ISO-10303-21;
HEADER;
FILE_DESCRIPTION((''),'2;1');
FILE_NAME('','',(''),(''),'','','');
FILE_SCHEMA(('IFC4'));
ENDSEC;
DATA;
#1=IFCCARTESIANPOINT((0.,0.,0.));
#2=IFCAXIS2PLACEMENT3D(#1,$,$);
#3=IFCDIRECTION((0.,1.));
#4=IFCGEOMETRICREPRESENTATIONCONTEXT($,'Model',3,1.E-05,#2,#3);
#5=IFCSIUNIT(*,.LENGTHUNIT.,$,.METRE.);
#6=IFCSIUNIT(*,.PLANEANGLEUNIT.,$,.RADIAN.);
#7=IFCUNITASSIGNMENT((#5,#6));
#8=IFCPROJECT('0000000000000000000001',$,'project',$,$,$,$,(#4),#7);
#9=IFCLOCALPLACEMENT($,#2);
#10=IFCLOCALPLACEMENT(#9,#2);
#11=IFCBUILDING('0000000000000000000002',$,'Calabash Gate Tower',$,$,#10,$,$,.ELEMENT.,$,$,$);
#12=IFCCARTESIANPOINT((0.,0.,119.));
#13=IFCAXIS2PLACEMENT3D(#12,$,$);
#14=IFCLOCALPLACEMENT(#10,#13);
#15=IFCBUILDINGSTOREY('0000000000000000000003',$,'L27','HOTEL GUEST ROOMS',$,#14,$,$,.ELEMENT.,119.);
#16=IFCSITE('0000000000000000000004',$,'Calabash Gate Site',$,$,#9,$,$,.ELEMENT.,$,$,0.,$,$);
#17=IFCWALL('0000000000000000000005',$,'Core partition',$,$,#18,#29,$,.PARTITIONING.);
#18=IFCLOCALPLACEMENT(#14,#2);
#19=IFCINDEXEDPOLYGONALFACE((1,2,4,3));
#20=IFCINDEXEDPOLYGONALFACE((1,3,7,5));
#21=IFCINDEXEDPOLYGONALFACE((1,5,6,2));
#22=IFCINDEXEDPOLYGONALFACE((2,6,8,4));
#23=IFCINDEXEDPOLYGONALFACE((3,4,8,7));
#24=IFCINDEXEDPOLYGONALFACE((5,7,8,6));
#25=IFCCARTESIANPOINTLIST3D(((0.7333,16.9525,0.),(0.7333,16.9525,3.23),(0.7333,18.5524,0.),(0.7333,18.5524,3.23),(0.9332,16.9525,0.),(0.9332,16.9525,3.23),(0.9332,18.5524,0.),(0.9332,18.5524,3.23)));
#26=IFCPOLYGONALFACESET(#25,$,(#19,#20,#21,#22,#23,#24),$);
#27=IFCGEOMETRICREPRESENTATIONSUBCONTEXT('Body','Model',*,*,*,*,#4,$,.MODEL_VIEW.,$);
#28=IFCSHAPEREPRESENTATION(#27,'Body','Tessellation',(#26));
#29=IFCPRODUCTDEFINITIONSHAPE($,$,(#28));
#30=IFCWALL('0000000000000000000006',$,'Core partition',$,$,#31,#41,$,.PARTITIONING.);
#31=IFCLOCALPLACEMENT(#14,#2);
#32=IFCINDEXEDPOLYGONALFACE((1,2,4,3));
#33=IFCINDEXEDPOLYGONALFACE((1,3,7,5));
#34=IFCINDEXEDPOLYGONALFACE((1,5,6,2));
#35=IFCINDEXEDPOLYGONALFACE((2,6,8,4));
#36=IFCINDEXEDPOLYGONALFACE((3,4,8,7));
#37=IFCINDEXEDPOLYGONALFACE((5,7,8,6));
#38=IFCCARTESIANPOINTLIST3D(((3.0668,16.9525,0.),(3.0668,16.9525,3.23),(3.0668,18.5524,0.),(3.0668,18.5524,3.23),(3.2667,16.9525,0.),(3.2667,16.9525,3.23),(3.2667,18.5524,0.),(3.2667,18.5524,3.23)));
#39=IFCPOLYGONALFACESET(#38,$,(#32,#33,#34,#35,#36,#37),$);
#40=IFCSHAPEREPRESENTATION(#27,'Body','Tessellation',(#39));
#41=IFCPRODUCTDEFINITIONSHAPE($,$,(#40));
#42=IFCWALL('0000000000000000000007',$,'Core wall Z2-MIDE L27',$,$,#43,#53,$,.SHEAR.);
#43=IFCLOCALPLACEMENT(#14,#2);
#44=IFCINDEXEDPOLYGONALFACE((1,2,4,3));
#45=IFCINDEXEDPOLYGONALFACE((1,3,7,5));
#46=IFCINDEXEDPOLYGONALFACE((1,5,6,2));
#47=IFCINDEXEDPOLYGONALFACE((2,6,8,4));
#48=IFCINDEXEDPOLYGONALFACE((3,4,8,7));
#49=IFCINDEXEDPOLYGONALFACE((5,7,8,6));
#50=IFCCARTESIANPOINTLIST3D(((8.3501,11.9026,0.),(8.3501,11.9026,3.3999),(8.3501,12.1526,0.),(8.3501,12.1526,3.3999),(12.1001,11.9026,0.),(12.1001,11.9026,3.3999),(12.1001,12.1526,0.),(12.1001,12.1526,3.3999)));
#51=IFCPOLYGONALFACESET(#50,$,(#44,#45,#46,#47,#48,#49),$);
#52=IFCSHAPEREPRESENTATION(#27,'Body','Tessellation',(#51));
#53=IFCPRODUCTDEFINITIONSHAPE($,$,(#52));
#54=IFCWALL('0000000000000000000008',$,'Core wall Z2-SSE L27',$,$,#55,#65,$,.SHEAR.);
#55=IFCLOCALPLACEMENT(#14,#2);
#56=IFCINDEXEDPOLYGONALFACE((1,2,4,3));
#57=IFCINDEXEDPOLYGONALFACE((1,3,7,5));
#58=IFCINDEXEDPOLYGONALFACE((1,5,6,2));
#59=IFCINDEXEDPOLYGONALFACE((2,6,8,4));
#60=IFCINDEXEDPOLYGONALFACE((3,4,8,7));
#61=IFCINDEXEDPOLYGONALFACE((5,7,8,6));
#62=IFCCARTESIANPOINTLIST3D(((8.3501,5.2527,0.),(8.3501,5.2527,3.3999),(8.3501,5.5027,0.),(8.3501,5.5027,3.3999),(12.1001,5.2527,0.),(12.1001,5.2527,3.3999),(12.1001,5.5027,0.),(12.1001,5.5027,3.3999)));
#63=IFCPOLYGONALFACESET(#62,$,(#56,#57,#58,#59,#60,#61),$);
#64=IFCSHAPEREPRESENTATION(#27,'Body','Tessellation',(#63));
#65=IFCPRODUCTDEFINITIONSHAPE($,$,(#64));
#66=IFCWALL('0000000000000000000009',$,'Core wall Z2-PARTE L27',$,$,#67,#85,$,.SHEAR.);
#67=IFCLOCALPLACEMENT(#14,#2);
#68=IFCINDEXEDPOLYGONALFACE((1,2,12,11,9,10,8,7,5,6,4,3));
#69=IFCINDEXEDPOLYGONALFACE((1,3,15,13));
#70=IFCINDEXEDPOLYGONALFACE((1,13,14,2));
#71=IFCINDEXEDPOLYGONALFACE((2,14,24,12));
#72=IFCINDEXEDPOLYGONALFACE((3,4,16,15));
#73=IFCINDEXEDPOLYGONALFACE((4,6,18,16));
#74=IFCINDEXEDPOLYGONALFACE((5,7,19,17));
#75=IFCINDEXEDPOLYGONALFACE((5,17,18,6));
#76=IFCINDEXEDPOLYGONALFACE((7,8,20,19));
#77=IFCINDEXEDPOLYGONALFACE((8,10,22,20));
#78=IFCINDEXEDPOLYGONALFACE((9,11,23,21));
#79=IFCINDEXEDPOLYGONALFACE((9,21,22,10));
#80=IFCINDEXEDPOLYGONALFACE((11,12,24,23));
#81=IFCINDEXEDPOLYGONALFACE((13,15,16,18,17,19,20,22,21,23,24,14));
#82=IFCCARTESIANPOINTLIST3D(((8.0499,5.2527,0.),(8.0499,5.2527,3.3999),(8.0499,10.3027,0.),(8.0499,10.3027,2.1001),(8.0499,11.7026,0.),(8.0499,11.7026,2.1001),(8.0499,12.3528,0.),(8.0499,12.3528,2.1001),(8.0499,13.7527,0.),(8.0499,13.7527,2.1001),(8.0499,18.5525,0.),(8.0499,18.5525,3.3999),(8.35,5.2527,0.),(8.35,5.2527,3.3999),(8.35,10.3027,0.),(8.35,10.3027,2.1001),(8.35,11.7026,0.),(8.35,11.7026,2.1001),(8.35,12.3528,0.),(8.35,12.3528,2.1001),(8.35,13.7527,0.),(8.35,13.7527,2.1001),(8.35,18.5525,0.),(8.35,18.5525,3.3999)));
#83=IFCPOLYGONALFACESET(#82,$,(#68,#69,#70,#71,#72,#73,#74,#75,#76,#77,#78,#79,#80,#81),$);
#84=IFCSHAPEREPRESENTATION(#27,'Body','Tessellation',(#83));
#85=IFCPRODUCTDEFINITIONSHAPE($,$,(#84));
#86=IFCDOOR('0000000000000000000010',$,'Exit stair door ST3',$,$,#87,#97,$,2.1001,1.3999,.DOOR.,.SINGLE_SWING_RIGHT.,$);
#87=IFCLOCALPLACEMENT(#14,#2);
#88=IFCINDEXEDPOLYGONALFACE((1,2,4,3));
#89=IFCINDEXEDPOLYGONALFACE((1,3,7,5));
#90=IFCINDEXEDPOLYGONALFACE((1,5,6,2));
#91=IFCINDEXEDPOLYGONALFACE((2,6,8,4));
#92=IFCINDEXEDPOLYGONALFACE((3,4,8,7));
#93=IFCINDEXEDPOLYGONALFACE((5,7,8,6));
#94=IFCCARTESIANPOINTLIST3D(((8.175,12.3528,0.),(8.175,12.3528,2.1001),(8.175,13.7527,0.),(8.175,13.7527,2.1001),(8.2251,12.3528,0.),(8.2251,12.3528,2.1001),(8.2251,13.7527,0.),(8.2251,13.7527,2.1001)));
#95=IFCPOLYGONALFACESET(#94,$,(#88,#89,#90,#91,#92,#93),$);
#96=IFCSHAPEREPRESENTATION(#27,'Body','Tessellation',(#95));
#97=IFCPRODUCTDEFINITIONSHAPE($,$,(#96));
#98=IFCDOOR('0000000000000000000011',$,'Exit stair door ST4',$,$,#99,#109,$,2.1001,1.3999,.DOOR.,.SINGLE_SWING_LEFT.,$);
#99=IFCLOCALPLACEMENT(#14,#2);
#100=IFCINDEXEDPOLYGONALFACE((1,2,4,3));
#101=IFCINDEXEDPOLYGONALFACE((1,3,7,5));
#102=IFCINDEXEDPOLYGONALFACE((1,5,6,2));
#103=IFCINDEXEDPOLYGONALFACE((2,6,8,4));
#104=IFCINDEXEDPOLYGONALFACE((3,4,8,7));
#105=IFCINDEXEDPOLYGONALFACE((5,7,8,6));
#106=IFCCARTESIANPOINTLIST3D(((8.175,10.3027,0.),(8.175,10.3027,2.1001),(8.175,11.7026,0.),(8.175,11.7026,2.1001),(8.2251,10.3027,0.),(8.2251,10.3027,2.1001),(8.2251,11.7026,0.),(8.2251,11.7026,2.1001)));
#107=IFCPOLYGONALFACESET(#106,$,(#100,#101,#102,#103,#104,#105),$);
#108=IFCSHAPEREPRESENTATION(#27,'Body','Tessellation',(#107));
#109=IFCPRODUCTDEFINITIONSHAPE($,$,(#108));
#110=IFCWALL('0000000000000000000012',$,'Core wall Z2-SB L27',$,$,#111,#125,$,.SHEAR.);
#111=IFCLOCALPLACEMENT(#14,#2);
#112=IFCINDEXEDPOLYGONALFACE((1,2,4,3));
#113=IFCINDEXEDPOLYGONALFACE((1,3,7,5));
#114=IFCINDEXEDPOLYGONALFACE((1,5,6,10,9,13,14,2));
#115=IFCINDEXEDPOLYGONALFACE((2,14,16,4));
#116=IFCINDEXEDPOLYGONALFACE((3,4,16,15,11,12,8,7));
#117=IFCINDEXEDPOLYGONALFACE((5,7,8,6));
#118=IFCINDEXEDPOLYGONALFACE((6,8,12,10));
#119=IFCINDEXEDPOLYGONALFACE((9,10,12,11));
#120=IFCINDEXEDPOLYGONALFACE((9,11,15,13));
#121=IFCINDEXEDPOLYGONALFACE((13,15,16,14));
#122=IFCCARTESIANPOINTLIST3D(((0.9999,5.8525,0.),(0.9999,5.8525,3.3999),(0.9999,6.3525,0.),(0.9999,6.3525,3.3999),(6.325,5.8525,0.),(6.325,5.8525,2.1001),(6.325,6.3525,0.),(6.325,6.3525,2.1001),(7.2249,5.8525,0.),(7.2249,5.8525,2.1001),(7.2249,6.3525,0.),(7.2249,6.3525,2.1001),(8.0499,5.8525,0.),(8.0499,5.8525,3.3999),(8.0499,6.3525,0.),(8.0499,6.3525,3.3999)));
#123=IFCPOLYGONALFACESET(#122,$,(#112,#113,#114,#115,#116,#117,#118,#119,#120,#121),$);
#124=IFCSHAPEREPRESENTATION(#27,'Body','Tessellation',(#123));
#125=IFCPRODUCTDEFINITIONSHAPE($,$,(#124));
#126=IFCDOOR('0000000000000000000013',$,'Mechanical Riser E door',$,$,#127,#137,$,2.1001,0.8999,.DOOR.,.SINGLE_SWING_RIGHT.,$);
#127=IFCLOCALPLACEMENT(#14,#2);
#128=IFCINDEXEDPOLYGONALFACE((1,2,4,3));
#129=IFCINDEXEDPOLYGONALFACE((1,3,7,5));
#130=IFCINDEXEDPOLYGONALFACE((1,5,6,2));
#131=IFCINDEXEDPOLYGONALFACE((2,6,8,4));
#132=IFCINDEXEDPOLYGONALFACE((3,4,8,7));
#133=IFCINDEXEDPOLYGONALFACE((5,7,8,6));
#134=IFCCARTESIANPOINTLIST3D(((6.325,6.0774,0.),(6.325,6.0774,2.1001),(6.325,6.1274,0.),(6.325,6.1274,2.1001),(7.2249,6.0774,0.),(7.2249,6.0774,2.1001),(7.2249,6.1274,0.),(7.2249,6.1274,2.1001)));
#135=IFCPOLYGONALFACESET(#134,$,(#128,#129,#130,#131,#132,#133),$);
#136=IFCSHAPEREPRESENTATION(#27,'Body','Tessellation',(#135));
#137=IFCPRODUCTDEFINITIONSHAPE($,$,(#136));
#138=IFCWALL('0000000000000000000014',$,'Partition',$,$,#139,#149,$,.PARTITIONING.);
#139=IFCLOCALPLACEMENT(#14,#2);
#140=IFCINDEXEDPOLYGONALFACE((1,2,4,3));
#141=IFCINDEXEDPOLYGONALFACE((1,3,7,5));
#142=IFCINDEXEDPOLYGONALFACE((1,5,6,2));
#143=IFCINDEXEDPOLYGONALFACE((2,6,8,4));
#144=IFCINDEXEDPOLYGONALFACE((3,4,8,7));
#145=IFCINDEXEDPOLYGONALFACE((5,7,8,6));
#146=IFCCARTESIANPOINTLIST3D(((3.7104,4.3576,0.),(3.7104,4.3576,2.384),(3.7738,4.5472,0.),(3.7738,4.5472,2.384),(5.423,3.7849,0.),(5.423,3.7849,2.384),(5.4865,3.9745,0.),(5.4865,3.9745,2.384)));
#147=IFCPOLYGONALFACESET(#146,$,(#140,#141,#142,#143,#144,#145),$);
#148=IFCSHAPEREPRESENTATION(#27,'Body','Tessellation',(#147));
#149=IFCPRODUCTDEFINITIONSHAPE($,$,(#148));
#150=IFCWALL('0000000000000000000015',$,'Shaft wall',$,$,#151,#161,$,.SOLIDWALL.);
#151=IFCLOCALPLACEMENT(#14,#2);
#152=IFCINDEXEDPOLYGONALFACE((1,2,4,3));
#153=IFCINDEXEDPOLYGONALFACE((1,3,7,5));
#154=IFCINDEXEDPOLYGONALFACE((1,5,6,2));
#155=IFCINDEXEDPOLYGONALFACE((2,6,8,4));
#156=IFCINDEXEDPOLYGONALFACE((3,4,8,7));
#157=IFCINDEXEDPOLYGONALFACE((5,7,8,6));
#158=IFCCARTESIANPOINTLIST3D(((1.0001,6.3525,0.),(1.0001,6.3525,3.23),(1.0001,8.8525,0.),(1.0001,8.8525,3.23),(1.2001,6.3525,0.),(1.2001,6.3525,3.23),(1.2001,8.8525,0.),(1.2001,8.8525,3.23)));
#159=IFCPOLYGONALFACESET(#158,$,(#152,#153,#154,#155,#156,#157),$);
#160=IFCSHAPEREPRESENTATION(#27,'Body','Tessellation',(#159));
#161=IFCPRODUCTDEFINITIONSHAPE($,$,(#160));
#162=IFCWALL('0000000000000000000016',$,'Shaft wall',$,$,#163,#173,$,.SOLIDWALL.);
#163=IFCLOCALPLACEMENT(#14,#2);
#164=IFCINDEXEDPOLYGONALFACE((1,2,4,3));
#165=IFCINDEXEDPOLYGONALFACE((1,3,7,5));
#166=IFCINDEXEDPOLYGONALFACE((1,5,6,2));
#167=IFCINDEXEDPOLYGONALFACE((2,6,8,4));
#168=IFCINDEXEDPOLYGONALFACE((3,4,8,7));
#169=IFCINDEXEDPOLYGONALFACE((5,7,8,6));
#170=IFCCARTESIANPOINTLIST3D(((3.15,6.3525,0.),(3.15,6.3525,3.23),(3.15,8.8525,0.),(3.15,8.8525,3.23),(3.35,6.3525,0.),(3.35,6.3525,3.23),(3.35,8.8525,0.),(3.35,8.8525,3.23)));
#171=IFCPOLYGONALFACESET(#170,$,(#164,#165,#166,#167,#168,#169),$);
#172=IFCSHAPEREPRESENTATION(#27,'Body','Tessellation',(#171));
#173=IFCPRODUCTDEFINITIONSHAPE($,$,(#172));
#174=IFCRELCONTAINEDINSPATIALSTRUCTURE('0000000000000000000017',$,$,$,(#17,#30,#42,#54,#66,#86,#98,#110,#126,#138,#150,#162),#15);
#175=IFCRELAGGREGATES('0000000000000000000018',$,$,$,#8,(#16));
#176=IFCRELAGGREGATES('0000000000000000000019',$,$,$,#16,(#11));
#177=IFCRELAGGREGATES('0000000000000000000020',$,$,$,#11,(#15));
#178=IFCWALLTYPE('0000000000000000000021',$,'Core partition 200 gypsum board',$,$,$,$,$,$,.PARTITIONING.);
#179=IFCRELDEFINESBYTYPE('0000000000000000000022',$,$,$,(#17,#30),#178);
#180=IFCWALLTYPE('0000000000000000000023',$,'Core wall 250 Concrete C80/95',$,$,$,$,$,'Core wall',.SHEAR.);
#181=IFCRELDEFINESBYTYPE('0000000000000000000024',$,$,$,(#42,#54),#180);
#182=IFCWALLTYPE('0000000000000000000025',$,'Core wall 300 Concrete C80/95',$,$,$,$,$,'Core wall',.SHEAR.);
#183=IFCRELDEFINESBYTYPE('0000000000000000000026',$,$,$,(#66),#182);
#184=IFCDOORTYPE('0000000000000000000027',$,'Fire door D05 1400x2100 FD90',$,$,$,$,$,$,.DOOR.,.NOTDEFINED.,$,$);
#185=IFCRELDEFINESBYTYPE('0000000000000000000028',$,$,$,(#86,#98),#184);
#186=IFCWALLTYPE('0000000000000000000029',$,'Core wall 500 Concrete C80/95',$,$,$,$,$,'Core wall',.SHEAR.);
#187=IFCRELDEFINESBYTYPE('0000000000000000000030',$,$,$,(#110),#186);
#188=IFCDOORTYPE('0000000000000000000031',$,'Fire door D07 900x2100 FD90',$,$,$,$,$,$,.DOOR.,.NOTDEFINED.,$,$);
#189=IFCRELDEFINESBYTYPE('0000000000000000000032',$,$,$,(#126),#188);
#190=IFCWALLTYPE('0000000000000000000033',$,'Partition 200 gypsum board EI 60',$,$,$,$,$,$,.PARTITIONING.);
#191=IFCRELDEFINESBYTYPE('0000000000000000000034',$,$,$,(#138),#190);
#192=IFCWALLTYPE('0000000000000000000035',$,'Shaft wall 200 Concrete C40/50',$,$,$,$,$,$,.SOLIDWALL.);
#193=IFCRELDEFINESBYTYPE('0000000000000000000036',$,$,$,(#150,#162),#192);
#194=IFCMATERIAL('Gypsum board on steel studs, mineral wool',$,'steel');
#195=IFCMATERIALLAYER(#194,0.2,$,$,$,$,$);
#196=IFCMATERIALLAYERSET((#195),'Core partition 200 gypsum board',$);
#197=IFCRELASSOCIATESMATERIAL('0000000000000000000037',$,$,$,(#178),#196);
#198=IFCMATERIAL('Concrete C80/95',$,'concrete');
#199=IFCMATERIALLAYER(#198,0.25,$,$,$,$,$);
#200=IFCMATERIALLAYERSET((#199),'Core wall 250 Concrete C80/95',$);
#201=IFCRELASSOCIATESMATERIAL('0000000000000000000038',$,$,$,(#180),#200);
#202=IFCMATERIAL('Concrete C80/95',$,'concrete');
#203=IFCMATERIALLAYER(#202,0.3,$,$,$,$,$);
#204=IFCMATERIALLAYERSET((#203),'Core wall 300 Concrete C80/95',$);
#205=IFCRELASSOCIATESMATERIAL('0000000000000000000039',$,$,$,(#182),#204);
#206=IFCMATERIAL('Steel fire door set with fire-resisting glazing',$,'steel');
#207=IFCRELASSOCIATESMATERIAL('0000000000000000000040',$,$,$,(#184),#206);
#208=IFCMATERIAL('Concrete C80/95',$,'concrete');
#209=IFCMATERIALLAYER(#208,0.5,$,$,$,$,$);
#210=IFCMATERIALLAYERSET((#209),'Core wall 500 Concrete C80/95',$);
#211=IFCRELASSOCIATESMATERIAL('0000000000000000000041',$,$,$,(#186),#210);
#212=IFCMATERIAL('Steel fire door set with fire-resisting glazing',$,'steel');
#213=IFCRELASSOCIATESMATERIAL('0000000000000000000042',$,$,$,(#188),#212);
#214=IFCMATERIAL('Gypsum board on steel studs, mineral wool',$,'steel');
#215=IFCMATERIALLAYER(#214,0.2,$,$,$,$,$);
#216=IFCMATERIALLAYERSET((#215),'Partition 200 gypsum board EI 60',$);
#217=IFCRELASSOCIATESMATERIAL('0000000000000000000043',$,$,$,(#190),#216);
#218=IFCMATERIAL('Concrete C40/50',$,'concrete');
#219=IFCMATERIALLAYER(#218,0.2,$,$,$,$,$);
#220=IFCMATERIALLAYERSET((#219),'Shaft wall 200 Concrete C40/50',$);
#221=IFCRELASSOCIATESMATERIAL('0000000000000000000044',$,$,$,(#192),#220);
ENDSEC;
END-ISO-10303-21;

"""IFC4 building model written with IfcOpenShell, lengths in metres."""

from ifc_helpers import new_model, si_unit, direction, frame, frame_2d, origin, place, context, subcontext, project, spatial, rectangle, extrude, material, layer, layer_set, type_object, element, fill, save


model = new_model("IFC4")

# Units and contexts
model_context = context("Model", 3, precision=1e-05, world=origin(), true_north=direction((0.0, 1.0)))
body_context = subcontext(model_context, "Body", "Model", "MODEL_VIEW")
ifc_project = project(units=[si_unit("LENGTHUNIT", "METRE"), si_unit("PLANEANGLEUNIT", "RADIAN")], contexts=[model_context])

# Site, building, storey
site_placement = place(None, origin())
site = spatial("IfcSite", under=ifc_project, at=site_placement, Name="Calabash Gate Site", CompositionType="ELEMENT", RefElevation=0.0)
building_placement = place(site_placement, origin())
building = spatial("IfcBuilding", under=site, at=building_placement, Name="Calabash Gate Tower", CompositionType="ELEMENT")
storey_placement = place(building_placement, frame((0.0, 0.0, 119.0)))
storey = spatial("IfcBuildingStorey", under=building, at=storey_placement, Name="L27", Description="HOTEL GUEST ROOMS", CompositionType="ELEMENT", Elevation=119.0)

# Walls
ifc_material_1 = material(Name="Gypsum board on steel studs, mineral wool", Category="steel")
ifc_layer_1 = layer(ifc_material_1, 0.2)
ifc_layer_set_1 = layer_set([ifc_layer_1], Name="Core partition 200 gypsum board")
wall_type_1 = type_object("IfcWallType", Name="Core partition 200 gypsum board", PredefinedType="PARTITIONING", material=ifc_layer_set_1)
for number, where, z_axis, x_axis, name in (
    (1, (0.8333, 16.9526, 0.0), (0.0, 0.0, 1.0), (0.0, 1.0, 0.0), "Core partition"),
    (2, (3.1667, 16.9526, 0.0), (0.0, 0.0, 1.0), (0.0, 1.0, 0.0), "Core partition"),
):
    element("IfcWall", number, at=place(storey_placement, frame(where, z_axis=z_axis, x_axis=x_axis)), inside=storey, type_object=wall_type_1, Name=name, PredefinedType="PARTITIONING", context=body_context, shape_type="SweptSolid", body=[
        extrude(rectangle(XDim=1.5999, YDim=0.2, at=frame_2d((0.7998, 0.0))), origin(), (0.0, 0.0, 1.0), 3.23),
    ])
ifc_material_2 = material(Name="Concrete C80/95", Category="concrete")
ifc_layer_2 = layer(ifc_material_2, 0.25)
ifc_layer_set_2 = layer_set([ifc_layer_2], Name="Core wall 250 Concrete C80/95")
wall_type_2 = type_object("IfcWallType", Name="Core wall 250 Concrete C80/95", ElementType="Core wall", PredefinedType="SHEAR", material=ifc_layer_set_2)
for number, where, z_axis, x_axis, name in (
    (3, (8.3501, 12.0276, 0.0), (0.0, 0.0, 1.0), (1.0, 0.0, 0.0), "Core wall Z2-MIDE L27"),
    (4, (8.3501, 5.3777, 0.0), (0.0, 0.0, 1.0), (1.0, 0.0, 0.0), "Core wall Z2-SSE L27"),
):
    element("IfcWall", number, at=place(storey_placement, frame(where, z_axis=z_axis, x_axis=x_axis)), inside=storey, type_object=wall_type_2, Name=name, PredefinedType="SHEAR", context=body_context, shape_type="SweptSolid", body=[
        extrude(rectangle(XDim=3.75, YDim=0.25, at=frame_2d((1.875, 0.0))), origin(), (0.0, 0.0, 1.0), 3.3999),
    ])

# Wall, openings, doors
ifc_material_3 = material(Name="Concrete C80/95", Category="concrete")
ifc_layer_3 = layer(ifc_material_3, 0.3)
ifc_layer_set_3 = layer_set([ifc_layer_3], Name="Core wall 300 Concrete C80/95")
wall_type_3 = type_object("IfcWallType", Name="Core wall 300 Concrete C80/95", ElementType="Core wall", PredefinedType="SHEAR", material=ifc_layer_set_3)
wall_1_placement = place(storey_placement, frame((8.2, 5.2527, 0.0), z_axis=(0.0, 0.0, 1.0), x_axis=(0.0, 1.0, 0.0)))
wall_1 = element("IfcWall", 5, at=wall_1_placement, inside=storey, type_object=wall_type_3, Name="Core wall Z2-PARTE L27", PredefinedType="SHEAR", context=body_context, shape_type="SweptSolid", body=[
    extrude(rectangle(XDim=13.2998, YDim=0.3, at=frame_2d((6.6499, 0.0))), origin(), (0.0, 0.0, 1.0), 3.3999),
])
opening_1_placement = place(wall_1_placement, frame((7.1001, 0.0, 0.0)))
opening_1 = element("IfcOpeningElement", 6, at=opening_1_placement, cuts=wall_1, PredefinedType="OPENING", context=body_context, shape_type="SweptSolid", body=[
    extrude(rectangle(XDim=1.3999, YDim=2.1001, at=frame_2d((0.7, 1.05))), frame((0.0, 0.1599, 0.0), z_axis=(0.0, -1.0, 0.0), x_axis=(1.0, 0.0, 0.0)), (0.0, 0.0, 1.0), 0.3201),
])
opening_2_placement = place(wall_1_placement, frame((5.05, 0.0, 0.0)))
opening_2 = element("IfcOpeningElement", 7, at=opening_2_placement, cuts=wall_1, PredefinedType="OPENING", context=body_context, shape_type="SweptSolid", body=[
    extrude(rectangle(XDim=1.3999, YDim=2.1001, at=frame_2d((0.7, 1.05))), frame((0.0, 0.1599, 0.0), z_axis=(0.0, -1.0, 0.0), x_axis=(1.0, 0.0, 0.0)), (0.0, 0.0, 1.0), 0.3201),
])
ifc_material_4 = material(Name="Steel fire door set with fire-resisting glazing", Category="steel")
door_type_1 = type_object("IfcDoorType", Name="Fire door D05 1400x2100 FD90", OperationType="NOTDEFINED", PredefinedType="DOOR", material=ifc_material_4)
door_1_placement = place(opening_1_placement, origin())
door_1 = element("IfcDoor", 8, at=door_1_placement, inside=storey, type_object=door_type_1, Name="Exit stair door ST3", OperationType="SINGLE_SWING_RIGHT", OverallHeight=2.1001, OverallWidth=1.3999, PredefinedType="DOOR", context=body_context, shape_type="SweptSolid", body=[
    extrude(rectangle(XDim=1.3999, YDim=2.1001, at=frame_2d((0.7, 1.05))), frame((0.0, 0.0249, 0.0), z_axis=(0.0, -1.0, 0.0), x_axis=(1.0, 0.0, 0.0)), (0.0, 0.0, 1.0), 0.05),
])
fill(opening_1, door_1)
door_2_placement = place(opening_2_placement, origin())
door_2 = element("IfcDoor", 9, at=door_2_placement, inside=storey, type_object=door_type_1, Name="Exit stair door ST4", OperationType="SINGLE_SWING_LEFT", OverallHeight=2.1001, OverallWidth=1.3999, PredefinedType="DOOR", context=body_context, shape_type="SweptSolid", body=[
    extrude(rectangle(XDim=1.3999, YDim=2.1001, at=frame_2d((0.7, 1.05))), frame((0.0, 0.0249, 0.0), z_axis=(0.0, -1.0, 0.0), x_axis=(1.0, 0.0, 0.0)), (0.0, 0.0, 1.0), 0.05),
])
fill(opening_2, door_2)

# Wall, opening, door
ifc_material_5 = material(Name="Concrete C80/95", Category="concrete")
ifc_layer_4 = layer(ifc_material_5, 0.5)
ifc_layer_set_4 = layer_set([ifc_layer_4], Name="Core wall 500 Concrete C80/95")
wall_type_4 = type_object("IfcWallType", Name="Core wall 500 Concrete C80/95", ElementType="Core wall", PredefinedType="SHEAR", material=ifc_layer_set_4)
wall_2_placement = place(storey_placement, frame((1.0, 6.1025, 0.0), z_axis=(0.0, 0.0, 1.0), x_axis=(1.0, 0.0, 0.0)))
wall_2 = element("IfcWall", 10, at=wall_2_placement, inside=storey, type_object=wall_type_4, Name="Core wall Z2-SB L27", PredefinedType="SHEAR", context=body_context, shape_type="SweptSolid", body=[
    extrude(rectangle(XDim=7.05, YDim=0.5, at=frame_2d((3.5249, 0.0))), origin(), (0.0, 0.0, 1.0), 3.3999),
])
opening_3_placement = place(wall_2_placement, frame((5.325, 0.0, 0.0)))
opening_3 = element("IfcOpeningElement", 11, at=opening_3_placement, cuts=wall_2, PredefinedType="OPENING", context=body_context, shape_type="SweptSolid", body=[
    extrude(rectangle(XDim=0.8999, YDim=2.1001, at=frame_2d((0.45, 1.05))), frame((0.0, 0.26, 0.0), z_axis=(0.0, -1.0, 0.0), x_axis=(1.0, 0.0, 0.0)), (0.0, 0.0, 1.0), 0.52),
])
ifc_material_6 = material(Name="Steel fire door set with fire-resisting glazing", Category="steel")
door_type_2 = type_object("IfcDoorType", Name="Fire door D07 900x2100 FD90", OperationType="NOTDEFINED", PredefinedType="DOOR", material=ifc_material_6)
door_3_placement = place(opening_3_placement, origin())
door_3 = element("IfcDoor", 12, at=door_3_placement, inside=storey, type_object=door_type_2, Name="Mechanical Riser E door", OperationType="SINGLE_SWING_RIGHT", OverallHeight=2.1001, OverallWidth=0.8999, PredefinedType="DOOR", context=body_context, shape_type="SweptSolid", body=[
    extrude(rectangle(XDim=0.8999, YDim=2.1001, at=frame_2d((0.45, 1.05))), frame((0.0, 0.0249, 0.0), z_axis=(0.0, -1.0, 0.0), x_axis=(1.0, 0.0, 0.0)), (0.0, 0.0, 1.0), 0.05),
])
fill(opening_3, door_3)

# Walls
ifc_material_7 = material(Name="Gypsum board on steel studs, mineral wool", Category="steel")
ifc_layer_5 = layer(ifc_material_7, 0.2)
ifc_layer_set_5 = layer_set([ifc_layer_5], Name="Partition 200 gypsum board EI 60")
wall_type_5 = type_object("IfcWallType", Name="Partition 200 gypsum board EI 60", PredefinedType="PARTITIONING", material=ifc_layer_set_5)
wall_3_placement = place(storey_placement, frame((3.7422, 4.4524, 0.0), z_axis=(0.0, 0.0, 1.0), x_axis=(0.948372, -0.31716, 0.0)))
element("IfcWall", 13, at=wall_3_placement, inside=storey, type_object=wall_type_5, Name="Partition", PredefinedType="PARTITIONING", context=body_context, shape_type="SweptSolid", body=[
    extrude(rectangle(XDim=1.8059, YDim=0.2, at=frame_2d((0.9028, 0.0))), origin(), (0.0, 0.0, 1.0), 2.384),
])
ifc_material_8 = material(Name="Concrete C40/50", Category="concrete")
ifc_layer_6 = layer(ifc_material_8, 0.2)
ifc_layer_set_6 = layer_set([ifc_layer_6], Name="Shaft wall 200 Concrete C40/50")
wall_type_6 = type_object("IfcWallType", Name="Shaft wall 200 Concrete C40/50", PredefinedType="SOLIDWALL", material=ifc_layer_set_6)
for number, where, z_axis, x_axis, name in (
    (14, (1.1001, 6.3525, 0.0), (0.0, 0.0, 1.0), (0.0, 1.0, 0.0), "Shaft wall"),
    (15, (3.25, 6.3525, 0.0), (0.0, 0.0, 1.0), (0.0, 1.0, 0.0), "Shaft wall"),
):
    element("IfcWall", number, at=place(storey_placement, frame(where, z_axis=z_axis, x_axis=x_axis)), inside=storey, type_object=wall_type_6, Name=name, PredefinedType="SOLIDWALL", context=body_context, shape_type="SweptSolid", body=[
        extrude(rectangle(XDim=2.5, YDim=0.2, at=frame_2d((1.25, 0.0))), origin(), (0.0, 0.0, 1.0), 3.23),
    ])

save(model, "model.ifc")
